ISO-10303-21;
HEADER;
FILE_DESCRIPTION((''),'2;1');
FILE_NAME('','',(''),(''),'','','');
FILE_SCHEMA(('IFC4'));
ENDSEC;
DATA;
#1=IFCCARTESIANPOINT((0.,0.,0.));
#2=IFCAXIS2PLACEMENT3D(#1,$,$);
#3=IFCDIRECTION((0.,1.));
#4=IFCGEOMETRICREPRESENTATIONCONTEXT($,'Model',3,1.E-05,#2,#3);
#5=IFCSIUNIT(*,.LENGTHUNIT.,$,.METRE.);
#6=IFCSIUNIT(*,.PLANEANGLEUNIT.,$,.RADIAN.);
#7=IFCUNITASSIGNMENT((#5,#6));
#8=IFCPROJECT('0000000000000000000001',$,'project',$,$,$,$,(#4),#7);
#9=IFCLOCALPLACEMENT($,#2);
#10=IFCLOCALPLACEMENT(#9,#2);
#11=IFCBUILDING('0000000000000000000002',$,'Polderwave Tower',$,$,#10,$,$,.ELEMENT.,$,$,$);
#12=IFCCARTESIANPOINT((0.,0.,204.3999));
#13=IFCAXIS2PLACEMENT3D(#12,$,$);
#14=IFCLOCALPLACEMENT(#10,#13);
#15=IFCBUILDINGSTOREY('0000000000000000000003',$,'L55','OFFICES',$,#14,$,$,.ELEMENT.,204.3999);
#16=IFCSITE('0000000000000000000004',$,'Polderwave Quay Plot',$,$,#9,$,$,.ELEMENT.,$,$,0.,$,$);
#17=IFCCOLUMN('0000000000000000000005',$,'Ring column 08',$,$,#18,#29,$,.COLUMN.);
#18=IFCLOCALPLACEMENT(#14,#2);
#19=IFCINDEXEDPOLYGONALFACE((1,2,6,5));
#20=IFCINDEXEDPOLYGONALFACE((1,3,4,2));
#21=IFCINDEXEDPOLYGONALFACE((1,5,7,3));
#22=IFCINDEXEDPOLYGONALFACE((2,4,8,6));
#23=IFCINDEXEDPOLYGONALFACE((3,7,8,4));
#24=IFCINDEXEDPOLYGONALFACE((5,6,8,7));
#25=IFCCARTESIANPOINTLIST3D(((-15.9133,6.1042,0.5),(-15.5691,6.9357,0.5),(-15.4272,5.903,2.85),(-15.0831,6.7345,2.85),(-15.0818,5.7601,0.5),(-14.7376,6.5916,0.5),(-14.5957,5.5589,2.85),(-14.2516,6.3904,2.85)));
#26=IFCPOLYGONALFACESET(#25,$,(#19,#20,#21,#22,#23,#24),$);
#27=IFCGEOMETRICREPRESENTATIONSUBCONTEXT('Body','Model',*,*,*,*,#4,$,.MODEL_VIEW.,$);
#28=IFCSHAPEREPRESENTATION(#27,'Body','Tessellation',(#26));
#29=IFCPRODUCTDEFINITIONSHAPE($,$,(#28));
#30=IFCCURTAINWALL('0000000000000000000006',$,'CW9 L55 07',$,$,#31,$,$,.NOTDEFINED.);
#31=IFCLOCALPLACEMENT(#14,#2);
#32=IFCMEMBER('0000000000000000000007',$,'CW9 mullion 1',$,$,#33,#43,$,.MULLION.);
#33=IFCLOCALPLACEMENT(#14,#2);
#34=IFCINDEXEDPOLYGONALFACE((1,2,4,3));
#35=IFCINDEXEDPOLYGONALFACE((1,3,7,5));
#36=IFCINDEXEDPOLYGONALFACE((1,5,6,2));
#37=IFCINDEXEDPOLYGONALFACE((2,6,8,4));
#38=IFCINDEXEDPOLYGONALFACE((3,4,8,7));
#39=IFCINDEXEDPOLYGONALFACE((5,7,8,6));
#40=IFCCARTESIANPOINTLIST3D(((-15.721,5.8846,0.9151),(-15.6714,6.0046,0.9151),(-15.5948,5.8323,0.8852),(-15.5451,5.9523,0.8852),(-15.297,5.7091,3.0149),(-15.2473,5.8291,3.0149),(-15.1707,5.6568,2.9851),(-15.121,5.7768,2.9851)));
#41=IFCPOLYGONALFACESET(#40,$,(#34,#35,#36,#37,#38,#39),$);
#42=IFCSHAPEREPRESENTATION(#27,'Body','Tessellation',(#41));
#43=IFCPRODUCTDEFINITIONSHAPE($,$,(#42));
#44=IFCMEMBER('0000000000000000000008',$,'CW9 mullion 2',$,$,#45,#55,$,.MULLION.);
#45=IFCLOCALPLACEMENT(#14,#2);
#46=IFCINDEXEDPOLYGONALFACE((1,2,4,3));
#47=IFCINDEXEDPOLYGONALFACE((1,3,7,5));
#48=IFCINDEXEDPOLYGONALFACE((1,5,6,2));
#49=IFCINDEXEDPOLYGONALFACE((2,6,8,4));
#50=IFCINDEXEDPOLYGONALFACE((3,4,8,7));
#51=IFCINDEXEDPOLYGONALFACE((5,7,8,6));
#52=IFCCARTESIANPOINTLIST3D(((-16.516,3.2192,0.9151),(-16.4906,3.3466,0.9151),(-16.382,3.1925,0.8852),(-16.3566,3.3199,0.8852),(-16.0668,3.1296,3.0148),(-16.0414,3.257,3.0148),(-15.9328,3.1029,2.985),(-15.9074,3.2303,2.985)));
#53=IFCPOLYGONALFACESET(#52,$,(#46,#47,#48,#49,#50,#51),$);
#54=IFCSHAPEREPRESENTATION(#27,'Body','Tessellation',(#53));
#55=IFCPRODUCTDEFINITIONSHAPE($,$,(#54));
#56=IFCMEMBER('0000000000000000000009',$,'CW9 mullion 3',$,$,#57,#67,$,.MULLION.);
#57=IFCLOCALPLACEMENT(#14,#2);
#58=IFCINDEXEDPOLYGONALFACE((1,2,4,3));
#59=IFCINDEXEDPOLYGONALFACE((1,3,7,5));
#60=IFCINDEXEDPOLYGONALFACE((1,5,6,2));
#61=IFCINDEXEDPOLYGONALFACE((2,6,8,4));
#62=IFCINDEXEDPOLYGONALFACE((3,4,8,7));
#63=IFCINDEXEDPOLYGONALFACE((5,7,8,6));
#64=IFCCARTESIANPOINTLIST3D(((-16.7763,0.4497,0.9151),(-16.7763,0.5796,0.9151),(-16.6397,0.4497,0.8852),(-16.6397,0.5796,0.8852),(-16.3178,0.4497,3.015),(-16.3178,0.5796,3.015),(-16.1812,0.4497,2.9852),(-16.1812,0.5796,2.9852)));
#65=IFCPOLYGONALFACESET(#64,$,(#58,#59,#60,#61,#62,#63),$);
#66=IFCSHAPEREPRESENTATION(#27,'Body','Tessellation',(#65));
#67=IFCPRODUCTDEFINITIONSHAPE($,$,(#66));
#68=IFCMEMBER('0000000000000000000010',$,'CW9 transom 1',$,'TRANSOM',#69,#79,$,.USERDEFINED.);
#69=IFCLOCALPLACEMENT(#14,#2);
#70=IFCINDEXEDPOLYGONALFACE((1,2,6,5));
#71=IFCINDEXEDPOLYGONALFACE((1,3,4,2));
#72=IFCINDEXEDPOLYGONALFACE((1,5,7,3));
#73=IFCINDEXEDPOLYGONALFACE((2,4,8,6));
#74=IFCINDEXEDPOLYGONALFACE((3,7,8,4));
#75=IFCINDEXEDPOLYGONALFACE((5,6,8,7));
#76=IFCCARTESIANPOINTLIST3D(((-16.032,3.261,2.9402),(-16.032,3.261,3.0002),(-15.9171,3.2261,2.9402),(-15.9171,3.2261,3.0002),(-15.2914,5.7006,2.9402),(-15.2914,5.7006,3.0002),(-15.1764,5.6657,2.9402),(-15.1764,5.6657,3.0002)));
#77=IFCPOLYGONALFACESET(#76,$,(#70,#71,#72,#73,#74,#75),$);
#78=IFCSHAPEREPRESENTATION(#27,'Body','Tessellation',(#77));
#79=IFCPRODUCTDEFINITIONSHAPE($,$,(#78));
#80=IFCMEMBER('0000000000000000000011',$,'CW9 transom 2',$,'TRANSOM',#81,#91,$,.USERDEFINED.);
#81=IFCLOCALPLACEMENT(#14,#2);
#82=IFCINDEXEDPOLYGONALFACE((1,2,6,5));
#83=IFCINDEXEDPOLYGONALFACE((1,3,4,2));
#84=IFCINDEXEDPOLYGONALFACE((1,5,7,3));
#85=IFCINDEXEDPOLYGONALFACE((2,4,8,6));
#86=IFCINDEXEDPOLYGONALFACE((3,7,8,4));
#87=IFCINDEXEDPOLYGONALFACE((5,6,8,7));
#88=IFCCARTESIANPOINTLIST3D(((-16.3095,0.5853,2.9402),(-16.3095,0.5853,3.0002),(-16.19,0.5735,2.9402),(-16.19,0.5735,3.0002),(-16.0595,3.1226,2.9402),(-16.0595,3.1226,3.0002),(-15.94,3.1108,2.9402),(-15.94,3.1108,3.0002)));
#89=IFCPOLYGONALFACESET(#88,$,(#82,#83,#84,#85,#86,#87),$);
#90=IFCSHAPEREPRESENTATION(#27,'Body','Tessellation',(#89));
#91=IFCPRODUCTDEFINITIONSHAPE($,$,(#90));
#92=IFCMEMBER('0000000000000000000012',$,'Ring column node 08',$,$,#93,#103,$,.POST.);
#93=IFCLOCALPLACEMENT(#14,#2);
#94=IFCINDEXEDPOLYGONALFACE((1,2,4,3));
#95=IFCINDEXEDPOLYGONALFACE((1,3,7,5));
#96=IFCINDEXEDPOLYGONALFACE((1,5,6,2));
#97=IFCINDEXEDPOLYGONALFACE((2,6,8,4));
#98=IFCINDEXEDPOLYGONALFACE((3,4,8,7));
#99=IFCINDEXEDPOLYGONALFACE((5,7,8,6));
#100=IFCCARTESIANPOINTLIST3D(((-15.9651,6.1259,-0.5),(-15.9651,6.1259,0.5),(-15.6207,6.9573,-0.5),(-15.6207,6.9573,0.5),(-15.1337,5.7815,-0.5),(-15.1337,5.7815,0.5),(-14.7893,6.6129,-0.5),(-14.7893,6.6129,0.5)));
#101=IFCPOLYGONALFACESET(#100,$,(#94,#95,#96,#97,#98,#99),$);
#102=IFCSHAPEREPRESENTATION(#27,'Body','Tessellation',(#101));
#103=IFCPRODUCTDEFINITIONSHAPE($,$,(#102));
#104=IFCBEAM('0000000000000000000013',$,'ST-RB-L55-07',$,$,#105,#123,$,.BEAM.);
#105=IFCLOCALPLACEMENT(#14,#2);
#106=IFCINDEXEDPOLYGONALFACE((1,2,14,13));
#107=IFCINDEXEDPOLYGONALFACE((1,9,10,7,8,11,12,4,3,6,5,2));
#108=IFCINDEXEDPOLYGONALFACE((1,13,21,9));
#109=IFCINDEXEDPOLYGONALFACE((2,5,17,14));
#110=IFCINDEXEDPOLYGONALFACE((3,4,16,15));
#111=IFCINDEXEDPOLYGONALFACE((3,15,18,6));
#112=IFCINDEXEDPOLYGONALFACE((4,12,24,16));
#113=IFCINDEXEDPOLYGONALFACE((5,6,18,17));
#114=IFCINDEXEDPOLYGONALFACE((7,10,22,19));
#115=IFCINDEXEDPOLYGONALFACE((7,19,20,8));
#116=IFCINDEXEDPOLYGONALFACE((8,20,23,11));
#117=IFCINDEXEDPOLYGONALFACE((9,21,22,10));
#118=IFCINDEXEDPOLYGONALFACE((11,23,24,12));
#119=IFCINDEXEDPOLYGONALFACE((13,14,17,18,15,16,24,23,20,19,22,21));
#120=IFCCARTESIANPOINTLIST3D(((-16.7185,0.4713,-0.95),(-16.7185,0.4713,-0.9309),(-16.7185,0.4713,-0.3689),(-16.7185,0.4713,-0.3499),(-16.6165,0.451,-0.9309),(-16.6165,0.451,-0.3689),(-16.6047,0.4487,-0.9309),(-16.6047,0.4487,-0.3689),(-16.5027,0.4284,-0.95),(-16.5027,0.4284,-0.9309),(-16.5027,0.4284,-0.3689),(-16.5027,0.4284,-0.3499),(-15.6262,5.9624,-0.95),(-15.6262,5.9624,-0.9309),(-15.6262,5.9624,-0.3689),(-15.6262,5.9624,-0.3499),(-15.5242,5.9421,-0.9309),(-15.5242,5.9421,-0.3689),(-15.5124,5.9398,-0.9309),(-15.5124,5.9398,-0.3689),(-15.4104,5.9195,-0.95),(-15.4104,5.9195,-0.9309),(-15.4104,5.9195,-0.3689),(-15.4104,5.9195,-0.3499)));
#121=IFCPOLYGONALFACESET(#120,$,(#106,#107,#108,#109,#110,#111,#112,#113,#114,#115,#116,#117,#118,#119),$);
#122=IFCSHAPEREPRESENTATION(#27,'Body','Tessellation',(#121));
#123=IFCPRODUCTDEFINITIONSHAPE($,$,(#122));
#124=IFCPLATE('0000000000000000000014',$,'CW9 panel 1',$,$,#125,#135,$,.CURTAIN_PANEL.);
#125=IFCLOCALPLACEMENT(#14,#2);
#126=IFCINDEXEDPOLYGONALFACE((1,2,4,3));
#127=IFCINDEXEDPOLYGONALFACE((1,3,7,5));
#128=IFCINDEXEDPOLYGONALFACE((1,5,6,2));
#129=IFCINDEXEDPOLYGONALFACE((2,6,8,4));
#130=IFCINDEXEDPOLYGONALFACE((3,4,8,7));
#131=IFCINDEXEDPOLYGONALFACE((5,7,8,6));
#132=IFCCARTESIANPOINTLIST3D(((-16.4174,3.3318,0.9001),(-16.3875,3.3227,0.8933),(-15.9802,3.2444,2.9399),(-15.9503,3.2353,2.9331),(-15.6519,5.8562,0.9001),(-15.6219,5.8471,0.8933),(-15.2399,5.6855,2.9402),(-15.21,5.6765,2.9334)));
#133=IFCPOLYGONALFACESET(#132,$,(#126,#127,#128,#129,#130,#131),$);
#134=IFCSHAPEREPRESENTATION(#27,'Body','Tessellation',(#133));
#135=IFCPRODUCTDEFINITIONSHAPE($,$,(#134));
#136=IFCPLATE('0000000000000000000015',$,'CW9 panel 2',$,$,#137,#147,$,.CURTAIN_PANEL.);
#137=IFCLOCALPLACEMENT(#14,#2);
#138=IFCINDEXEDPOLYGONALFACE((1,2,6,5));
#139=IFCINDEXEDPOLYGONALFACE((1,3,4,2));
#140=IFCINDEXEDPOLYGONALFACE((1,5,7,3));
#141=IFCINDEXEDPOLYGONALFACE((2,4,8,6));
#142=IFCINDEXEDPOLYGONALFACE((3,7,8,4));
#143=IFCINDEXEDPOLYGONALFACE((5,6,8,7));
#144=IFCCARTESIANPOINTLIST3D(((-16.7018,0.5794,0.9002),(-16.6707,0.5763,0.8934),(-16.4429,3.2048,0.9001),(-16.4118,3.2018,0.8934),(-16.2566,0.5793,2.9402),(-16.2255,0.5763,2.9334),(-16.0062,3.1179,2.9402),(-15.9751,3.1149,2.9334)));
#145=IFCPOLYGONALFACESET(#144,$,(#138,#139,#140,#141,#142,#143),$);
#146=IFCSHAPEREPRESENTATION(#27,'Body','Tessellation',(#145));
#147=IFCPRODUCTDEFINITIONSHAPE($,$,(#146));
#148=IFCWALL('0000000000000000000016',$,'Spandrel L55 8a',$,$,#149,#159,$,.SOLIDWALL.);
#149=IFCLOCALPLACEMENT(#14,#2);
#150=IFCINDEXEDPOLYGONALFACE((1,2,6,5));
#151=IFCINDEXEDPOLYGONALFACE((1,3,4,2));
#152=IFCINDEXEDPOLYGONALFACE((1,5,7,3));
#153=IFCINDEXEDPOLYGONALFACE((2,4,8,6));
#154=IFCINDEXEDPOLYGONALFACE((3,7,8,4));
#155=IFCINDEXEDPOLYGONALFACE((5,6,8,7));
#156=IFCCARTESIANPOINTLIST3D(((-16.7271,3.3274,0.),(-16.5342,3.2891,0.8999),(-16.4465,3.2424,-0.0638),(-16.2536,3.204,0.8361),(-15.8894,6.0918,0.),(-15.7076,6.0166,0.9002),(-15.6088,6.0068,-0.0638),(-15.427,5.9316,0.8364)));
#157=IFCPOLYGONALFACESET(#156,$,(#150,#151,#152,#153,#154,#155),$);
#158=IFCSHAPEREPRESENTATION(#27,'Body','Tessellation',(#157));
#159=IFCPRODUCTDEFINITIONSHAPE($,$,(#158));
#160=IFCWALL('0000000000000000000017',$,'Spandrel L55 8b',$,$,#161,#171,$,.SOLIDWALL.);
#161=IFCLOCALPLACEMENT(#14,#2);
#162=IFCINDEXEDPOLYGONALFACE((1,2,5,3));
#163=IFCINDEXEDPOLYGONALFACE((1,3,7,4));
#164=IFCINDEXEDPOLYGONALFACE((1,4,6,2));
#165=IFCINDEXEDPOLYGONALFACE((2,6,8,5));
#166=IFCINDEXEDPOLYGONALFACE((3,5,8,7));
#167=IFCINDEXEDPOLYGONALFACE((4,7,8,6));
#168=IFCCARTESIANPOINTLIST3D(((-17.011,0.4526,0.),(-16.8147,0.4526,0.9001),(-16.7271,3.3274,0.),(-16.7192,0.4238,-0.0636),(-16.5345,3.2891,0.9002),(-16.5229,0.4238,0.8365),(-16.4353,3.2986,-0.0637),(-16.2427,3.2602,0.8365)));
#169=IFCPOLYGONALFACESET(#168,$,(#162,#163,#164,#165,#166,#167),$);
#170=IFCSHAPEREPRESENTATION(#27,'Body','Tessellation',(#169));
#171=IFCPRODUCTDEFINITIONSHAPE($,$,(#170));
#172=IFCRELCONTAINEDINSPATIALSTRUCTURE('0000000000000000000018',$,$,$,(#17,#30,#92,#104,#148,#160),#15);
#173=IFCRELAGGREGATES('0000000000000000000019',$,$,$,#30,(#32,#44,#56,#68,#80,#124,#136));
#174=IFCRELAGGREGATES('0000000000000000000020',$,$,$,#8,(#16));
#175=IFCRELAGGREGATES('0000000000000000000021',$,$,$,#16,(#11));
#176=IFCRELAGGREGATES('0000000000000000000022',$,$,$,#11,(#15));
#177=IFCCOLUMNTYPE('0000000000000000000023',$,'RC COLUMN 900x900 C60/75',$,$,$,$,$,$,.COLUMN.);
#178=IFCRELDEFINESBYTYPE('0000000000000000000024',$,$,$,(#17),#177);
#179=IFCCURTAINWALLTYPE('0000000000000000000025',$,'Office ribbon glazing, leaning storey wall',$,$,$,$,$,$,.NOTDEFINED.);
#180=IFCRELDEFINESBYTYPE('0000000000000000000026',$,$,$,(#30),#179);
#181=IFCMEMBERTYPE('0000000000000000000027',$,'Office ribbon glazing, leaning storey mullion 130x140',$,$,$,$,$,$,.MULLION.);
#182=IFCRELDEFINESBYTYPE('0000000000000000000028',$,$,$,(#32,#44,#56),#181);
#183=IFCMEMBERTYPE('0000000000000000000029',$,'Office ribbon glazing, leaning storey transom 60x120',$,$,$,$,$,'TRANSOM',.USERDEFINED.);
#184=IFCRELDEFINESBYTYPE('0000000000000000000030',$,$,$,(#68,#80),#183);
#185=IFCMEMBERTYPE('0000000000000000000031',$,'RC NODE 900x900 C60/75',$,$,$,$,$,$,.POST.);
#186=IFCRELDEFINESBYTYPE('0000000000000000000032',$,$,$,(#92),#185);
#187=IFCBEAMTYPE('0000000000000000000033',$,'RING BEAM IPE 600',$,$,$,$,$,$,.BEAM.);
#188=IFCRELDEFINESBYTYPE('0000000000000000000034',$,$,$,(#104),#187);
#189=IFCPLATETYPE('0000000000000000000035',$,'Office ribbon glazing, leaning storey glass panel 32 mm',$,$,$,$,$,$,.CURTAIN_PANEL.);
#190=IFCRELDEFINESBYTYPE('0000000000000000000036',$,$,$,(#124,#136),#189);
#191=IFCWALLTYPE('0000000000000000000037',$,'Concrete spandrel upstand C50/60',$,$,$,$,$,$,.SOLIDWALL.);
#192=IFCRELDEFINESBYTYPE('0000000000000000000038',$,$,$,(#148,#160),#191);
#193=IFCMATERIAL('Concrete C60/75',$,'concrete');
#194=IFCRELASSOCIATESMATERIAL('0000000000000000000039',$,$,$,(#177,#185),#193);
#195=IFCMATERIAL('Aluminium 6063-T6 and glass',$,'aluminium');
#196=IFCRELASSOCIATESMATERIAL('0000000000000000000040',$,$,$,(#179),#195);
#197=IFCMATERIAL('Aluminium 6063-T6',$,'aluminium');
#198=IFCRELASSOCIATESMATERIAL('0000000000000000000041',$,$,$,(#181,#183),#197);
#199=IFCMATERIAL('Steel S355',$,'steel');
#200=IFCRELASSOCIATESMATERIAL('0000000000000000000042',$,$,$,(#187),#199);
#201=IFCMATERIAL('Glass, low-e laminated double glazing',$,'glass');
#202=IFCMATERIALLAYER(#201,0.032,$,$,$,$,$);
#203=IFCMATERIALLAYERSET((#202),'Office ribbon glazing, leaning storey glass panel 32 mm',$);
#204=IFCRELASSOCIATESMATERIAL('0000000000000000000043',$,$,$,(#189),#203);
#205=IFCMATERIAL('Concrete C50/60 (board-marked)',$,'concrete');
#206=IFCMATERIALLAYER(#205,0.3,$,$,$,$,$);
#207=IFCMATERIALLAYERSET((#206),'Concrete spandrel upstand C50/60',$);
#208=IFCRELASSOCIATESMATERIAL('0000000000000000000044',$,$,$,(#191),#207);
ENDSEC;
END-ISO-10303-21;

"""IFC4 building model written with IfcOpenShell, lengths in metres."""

from ifc_helpers import new_model, si_unit, direction, frame, origin, origin_2d, place, context, subcontext, project, spatial, polyline, rectangle, i_section, outline, extrude, material, layer, layer_set, material_profile, profile_set, type_object, element, aggregate, save


model = new_model("IFC4")

# Units and contexts
model_context = context("Model", 3, precision=1e-05, world=origin(), true_north=direction((0.0, 1.0)))
body_context = subcontext(model_context, "Body", "Model", "MODEL_VIEW")
ifc_project = project(units=[si_unit("LENGTHUNIT", "METRE"), si_unit("PLANEANGLEUNIT", "RADIAN")], contexts=[model_context])

# Site, building, storey
site_placement = place(None, origin())
site = spatial("IfcSite", under=ifc_project, at=site_placement, Name="Polderwave Quay Plot", CompositionType="ELEMENT", RefElevation=0.0)
building_placement = place(site_placement, origin())
building = spatial("IfcBuilding", under=site, at=building_placement, Name="Polderwave Tower", CompositionType="ELEMENT")
storey_placement = place(building_placement, frame((0.0, 0.0, 204.3999)))
storey = spatial("IfcBuildingStorey", under=building, at=storey_placement, Name="L55", Description="OFFICES", CompositionType="ELEMENT", Elevation=204.3999)

# Column
ifc_material_1 = material(Name="Concrete C60/75", Category="concrete")
ifc_material_profile_1 = material_profile(ifc_material_1, rectangle(XDim=0.8999, YDim=0.8999, at=origin_2d()), Name="RC 900x900")
ifc_profile_set_1 = profile_set([ifc_material_profile_1], Name="Concrete C60/75")
column_type = type_object("IfcColumnType", Name="RC COLUMN 900x900 C60/75", PredefinedType="COLUMN", material=ifc_profile_set_1)
column_placement = place(storey_placement, frame((-15.3254, 6.3479, 0.5), z_axis=(0.0, 0.0, 1.0), x_axis=(0.382406, 0.923994, 0.0)))
element("IfcColumn", 1, at=column_placement, inside=storey, type_object=column_type, Name="Ring column 08", PredefinedType="COLUMN", context=body_context, shape_type="SweptSolid", body=[
    extrude(rectangle(XDim=0.8999, YDim=0.8999, at=origin_2d()), origin(), (0.0, -0.218443, 0.97585), 2.4082),
])

# Curtain wall, members
ifc_material_2 = material(Name="Aluminium 6063-T6 and glass", Category="aluminium")
curtain_wall_type = type_object("IfcCurtainWallType", Name="Office ribbon glazing, leaning storey wall", PredefinedType="NOTDEFINED", material=ifc_material_2)
curtain_wall_placement = place(storey_placement, origin())
curtain_wall = element("IfcCurtainWall", 2, at=curtain_wall_placement, inside=storey, type_object=curtain_wall_type, Name="CW9 L55 07", PredefinedType="NOTDEFINED")
ifc_material_3 = material(Name="Aluminium 6063-T6", Category="aluminium")
ifc_material_profile_2 = material_profile(ifc_material_3, rectangle(XDim=0.1299, YDim=0.1399, at=origin_2d()), Name="AL 130x140")
ifc_profile_set_2 = profile_set([ifc_material_profile_2], Name="Aluminium 6063-T6")
member_type_1 = type_object("IfcMemberType", Name="Office ribbon glazing, leaning storey mullion 130x140", PredefinedType="MULLION", material=ifc_profile_set_2)
member_1_placement = place(storey_placement, frame((-15.6331, 5.9185, 0.9001), z_axis=(0.197296, -0.081667, 0.976937), x_axis=(0.382461, 0.923971, 0.0)))
member_1 = element("IfcMember", 3, at=member_1_placement, type_object=member_type_1, Name="CW9 mullion 1", PredefinedType="MULLION", context=body_context, shape_type="SweptSolid", body=[
    extrude(rectangle(XDim=0.1299, YDim=0.1399, at=origin_2d()), origin(), (0.0, 0.0, 1.0), 2.1494),
])
member_2_placement = place(storey_placement, frame((-16.4363, 3.2695, 0.9001), z_axis=(0.209013, -0.041689, 0.977024), x_axis=(0.195604, 0.980683, 0.0)))
member_2 = element("IfcMember", 4, at=member_2_placement, type_object=member_type_1, Name="CW9 mullion 2", PredefinedType="MULLION", context=body_context, shape_type="SweptSolid", body=[
    extrude(rectangle(XDim=0.1299, YDim=0.1399, at=origin_2d()), origin(), (0.0, 0.0, 1.0), 2.1492),
])
member_3_placement = place(storey_placement, frame((-16.708, 0.5146, 0.9001), z_axis=(0.213321, 0.0, 0.976982), x_axis=(0.0, 1.0, 0.0)))
member_3 = element("IfcMember", 5, at=member_3_placement, type_object=member_type_1, Name="CW9 mullion 3", PredefinedType="MULLION", context=body_context, shape_type="SweptSolid", body=[
    extrude(rectangle(XDim=0.1299, YDim=0.1399, at=origin_2d()), origin(), (0.0, 0.0, 1.0), 2.1494),
])
ifc_material_profile_3 = material_profile(ifc_material_3, rectangle(XDim=0.1201, YDim=0.0601, at=origin_2d()), Name="AL 60x120")
ifc_profile_set_3 = profile_set([ifc_material_profile_3], Name="Aluminium 6063-T6")
member_type_2 = type_object("IfcMemberType", Name="Office ribbon glazing, leaning storey transom 60x120", ElementType="TRANSOM", PredefinedType="USERDEFINED", material=ifc_profile_set_3)
member_4_placement = place(storey_placement, frame((-15.2339, 5.6831, 2.9702), z_axis=(-0.290518, -0.95687, 0.0), x_axis=(0.95687, -0.290518, 0.0)))
member_4 = element("IfcMember", 6, at=member_4_placement, type_object=member_type_2, Name="CW9 transom 1", ObjectType="TRANSOM", PredefinedType="USERDEFINED", context=body_context, shape_type="SweptSolid", body=[
    extrude(rectangle(XDim=0.1201, YDim=0.0601, at=origin_2d()), origin(), (0.0, 0.0, 1.0), 2.5496),
])
member_5_placement = place(storey_placement, frame((-15.9998, 3.1167, 2.9702), z_axis=(-0.098053, -0.995181, 0.0), x_axis=(0.995181, -0.098053, 0.0)))
member_5 = element("IfcMember", 7, at=member_5_placement, type_object=member_type_2, Name="CW9 transom 2", ObjectType="TRANSOM", PredefinedType="USERDEFINED", context=body_context, shape_type="SweptSolid", body=[
    extrude(rectangle(XDim=0.1201, YDim=0.0601, at=origin_2d()), origin(), (0.0, 0.0, 1.0), 2.5496),
])

# Member
ifc_material_profile_4 = material_profile(ifc_material_1, rectangle(XDim=0.8999, YDim=0.8999, at=origin_2d()), Name="RC 900x900")
ifc_profile_set_4 = profile_set([ifc_material_profile_4], Name="Concrete C60/75")
member_type_3 = type_object("IfcMemberType", Name="RC NODE 900x900 C60/75", PredefinedType="POST", material=ifc_profile_set_4)
member_6_placement = place(storey_placement, frame((-15.3772, 6.3694, -0.5), z_axis=(0.0, 0.0, 1.0), x_axis=(-0.92388, 0.382683, 0.0)))
element("IfcMember", 8, at=member_6_placement, inside=storey, type_object=member_type_3, Name="Ring column node 08", PredefinedType="POST", context=body_context, shape_type="SweptSolid", body=[
    extrude(rectangle(XDim=0.8999, YDim=0.8999, at=origin_2d()), origin(), (0.0, 0.0, 1.0), 1.0),
])

# Beam
ifc_material_4 = material(Name="Steel S355", Category="steel")
ifc_material_profile_5 = material_profile(ifc_material_4, i_section(OverallWidth=0.22, OverallDepth=0.6001, WebThickness=0.012, FlangeThickness=0.019, at=origin_2d()), Name="IPE 600")
ifc_profile_set_5 = profile_set([ifc_material_profile_5], Name="Steel S355")
beam_type = type_object("IfcBeamType", Name="RING BEAM IPE 600", PredefinedType="BEAM", material=ifc_profile_set_5)
beam_placement = place(storey_placement, frame((-15.5183, 5.9409, -0.6499), z_axis=(-0.195101, -0.980783, 0.0), x_axis=(0.980783, -0.195101, 0.0)))
element("IfcBeam", 9, at=beam_placement, inside=storey, type_object=beam_type, Name="ST-RB-L55-07", PredefinedType="BEAM", context=body_context, shape_type="SweptSolid", body=[
    extrude(i_section(OverallWidth=0.22, OverallDepth=0.6001, WebThickness=0.012, FlangeThickness=0.019, at=origin_2d()), origin(), (0.0, 0.0, 1.0), 5.5986),
])

# Plates
ifc_material_5 = material(Name="Glass, low-e laminated double glazing", Category="glass")
ifc_layer_1 = layer(ifc_material_5, 0.032)
ifc_layer_set_1 = layer_set([ifc_layer_1], Name="Office ribbon glazing, leaning storey glass panel 32 mm")
plate_type = type_object("IfcPlateType", Name="Office ribbon glazing, leaning storey glass panel 32 mm", PredefinedType="CURTAIN_PANEL", material=ifc_layer_set_1)
plate_1_placement = place(storey_placement, frame((-15.6519, 5.8562, 0.9001), z_axis=(-0.935099, 0.283567, 0.212555), x_axis=(-0.2902, -0.956966, -0.000008)))
plate_1 = element("IfcPlate", 10, at=plate_1_placement, type_object=plate_type, Name="CW9 panel 1", PredefinedType="CURTAIN_PANEL", context=body_context, shape_type="SweptSolid", body=[
    extrude(outline(polyline([(0.0, 0.0), (2.638, 0.0), (2.5947, 2.0875), (0.0438, 2.0877), (0.0, 0.0)])), origin(), (0.0, 0.0, -1.0), 0.032),
])
plate_2_placement = place(storey_placement, frame((-16.4429, 3.2048, 0.9001), z_axis=(-0.972502, 0.095908, 0.212232), x_axis=(-0.098141, -0.995173, 0.000011)))
plate_2 = element("IfcPlate", 11, at=plate_2_placement, type_object=plate_type, Name="CW9 panel 2", PredefinedType="CURTAIN_PANEL", context=body_context, shape_type="SweptSolid", body=[
    extrude(outline(polyline([(0.0, 0.0), (2.6382, 0.0), (2.5946, 2.0876), (0.0437, 2.0876), (0.0, 0.0)])), origin(), (0.0, 0.0, -1.0), 0.032),
])
aggregate(curtain_wall, [member_1, member_2, member_3, member_4, member_5, plate_1, plate_2])

# Walls
ifc_material_6 = material(Name="Concrete C50/60 (board-marked)", Category="concrete")
ifc_layer_2 = layer(ifc_material_6, 0.3)
ifc_layer_set_2 = layer_set([ifc_layer_2], Name="Concrete spandrel upstand C50/60")
wall_type_1 = type_object("IfcWallType", Name="Concrete spandrel upstand C50/60", PredefinedType="SOLIDWALL", material=ifc_layer_set_2)
wall_1_placement = place(storey_placement, frame((-15.8894, 6.0918, 0.0), z_axis=(-0.935152, 0.283384, 0.212564), x_axis=(-0.290011, -0.957023, 0.000004)))
element("IfcWall", 12, at=wall_1_placement, inside=storey, type_object=wall_type_1, Name="Spandrel L55 8a", PredefinedType="SOLIDWALL", context=body_context, shape_type="SweptSolid", body=[
    extrude(outline(polyline([(0.0, 0.0), (2.8885, 0.0), (2.8693, 0.9209), (0.0192, 0.9212), (0.0, 0.0)])), origin(), (0.0, 0.0, -1.0), 0.3),
])
wall_2_placement = place(storey_placement, frame((-16.7271, 3.3274, 0.0), z_axis=(-0.972506, 0.096074, 0.212135), x_axis=(-0.098311, -0.995156, 0.000004)))
element("IfcWall", 13, at=wall_2_placement, inside=storey, type_object=wall_type_1, Name="Spandrel L55 8b", PredefinedType="SOLIDWALL", context=body_context, shape_type="SweptSolid", body=[
    extrude(outline(polyline([(0.0, 0.0), (2.8887, 0.0), (2.8695, 0.9211), (0.0192, 0.9211), (0.0, 0.0)])), origin(), (0.0, 0.0, -1.0), 0.3),
])

save(model, "model.ifc")
